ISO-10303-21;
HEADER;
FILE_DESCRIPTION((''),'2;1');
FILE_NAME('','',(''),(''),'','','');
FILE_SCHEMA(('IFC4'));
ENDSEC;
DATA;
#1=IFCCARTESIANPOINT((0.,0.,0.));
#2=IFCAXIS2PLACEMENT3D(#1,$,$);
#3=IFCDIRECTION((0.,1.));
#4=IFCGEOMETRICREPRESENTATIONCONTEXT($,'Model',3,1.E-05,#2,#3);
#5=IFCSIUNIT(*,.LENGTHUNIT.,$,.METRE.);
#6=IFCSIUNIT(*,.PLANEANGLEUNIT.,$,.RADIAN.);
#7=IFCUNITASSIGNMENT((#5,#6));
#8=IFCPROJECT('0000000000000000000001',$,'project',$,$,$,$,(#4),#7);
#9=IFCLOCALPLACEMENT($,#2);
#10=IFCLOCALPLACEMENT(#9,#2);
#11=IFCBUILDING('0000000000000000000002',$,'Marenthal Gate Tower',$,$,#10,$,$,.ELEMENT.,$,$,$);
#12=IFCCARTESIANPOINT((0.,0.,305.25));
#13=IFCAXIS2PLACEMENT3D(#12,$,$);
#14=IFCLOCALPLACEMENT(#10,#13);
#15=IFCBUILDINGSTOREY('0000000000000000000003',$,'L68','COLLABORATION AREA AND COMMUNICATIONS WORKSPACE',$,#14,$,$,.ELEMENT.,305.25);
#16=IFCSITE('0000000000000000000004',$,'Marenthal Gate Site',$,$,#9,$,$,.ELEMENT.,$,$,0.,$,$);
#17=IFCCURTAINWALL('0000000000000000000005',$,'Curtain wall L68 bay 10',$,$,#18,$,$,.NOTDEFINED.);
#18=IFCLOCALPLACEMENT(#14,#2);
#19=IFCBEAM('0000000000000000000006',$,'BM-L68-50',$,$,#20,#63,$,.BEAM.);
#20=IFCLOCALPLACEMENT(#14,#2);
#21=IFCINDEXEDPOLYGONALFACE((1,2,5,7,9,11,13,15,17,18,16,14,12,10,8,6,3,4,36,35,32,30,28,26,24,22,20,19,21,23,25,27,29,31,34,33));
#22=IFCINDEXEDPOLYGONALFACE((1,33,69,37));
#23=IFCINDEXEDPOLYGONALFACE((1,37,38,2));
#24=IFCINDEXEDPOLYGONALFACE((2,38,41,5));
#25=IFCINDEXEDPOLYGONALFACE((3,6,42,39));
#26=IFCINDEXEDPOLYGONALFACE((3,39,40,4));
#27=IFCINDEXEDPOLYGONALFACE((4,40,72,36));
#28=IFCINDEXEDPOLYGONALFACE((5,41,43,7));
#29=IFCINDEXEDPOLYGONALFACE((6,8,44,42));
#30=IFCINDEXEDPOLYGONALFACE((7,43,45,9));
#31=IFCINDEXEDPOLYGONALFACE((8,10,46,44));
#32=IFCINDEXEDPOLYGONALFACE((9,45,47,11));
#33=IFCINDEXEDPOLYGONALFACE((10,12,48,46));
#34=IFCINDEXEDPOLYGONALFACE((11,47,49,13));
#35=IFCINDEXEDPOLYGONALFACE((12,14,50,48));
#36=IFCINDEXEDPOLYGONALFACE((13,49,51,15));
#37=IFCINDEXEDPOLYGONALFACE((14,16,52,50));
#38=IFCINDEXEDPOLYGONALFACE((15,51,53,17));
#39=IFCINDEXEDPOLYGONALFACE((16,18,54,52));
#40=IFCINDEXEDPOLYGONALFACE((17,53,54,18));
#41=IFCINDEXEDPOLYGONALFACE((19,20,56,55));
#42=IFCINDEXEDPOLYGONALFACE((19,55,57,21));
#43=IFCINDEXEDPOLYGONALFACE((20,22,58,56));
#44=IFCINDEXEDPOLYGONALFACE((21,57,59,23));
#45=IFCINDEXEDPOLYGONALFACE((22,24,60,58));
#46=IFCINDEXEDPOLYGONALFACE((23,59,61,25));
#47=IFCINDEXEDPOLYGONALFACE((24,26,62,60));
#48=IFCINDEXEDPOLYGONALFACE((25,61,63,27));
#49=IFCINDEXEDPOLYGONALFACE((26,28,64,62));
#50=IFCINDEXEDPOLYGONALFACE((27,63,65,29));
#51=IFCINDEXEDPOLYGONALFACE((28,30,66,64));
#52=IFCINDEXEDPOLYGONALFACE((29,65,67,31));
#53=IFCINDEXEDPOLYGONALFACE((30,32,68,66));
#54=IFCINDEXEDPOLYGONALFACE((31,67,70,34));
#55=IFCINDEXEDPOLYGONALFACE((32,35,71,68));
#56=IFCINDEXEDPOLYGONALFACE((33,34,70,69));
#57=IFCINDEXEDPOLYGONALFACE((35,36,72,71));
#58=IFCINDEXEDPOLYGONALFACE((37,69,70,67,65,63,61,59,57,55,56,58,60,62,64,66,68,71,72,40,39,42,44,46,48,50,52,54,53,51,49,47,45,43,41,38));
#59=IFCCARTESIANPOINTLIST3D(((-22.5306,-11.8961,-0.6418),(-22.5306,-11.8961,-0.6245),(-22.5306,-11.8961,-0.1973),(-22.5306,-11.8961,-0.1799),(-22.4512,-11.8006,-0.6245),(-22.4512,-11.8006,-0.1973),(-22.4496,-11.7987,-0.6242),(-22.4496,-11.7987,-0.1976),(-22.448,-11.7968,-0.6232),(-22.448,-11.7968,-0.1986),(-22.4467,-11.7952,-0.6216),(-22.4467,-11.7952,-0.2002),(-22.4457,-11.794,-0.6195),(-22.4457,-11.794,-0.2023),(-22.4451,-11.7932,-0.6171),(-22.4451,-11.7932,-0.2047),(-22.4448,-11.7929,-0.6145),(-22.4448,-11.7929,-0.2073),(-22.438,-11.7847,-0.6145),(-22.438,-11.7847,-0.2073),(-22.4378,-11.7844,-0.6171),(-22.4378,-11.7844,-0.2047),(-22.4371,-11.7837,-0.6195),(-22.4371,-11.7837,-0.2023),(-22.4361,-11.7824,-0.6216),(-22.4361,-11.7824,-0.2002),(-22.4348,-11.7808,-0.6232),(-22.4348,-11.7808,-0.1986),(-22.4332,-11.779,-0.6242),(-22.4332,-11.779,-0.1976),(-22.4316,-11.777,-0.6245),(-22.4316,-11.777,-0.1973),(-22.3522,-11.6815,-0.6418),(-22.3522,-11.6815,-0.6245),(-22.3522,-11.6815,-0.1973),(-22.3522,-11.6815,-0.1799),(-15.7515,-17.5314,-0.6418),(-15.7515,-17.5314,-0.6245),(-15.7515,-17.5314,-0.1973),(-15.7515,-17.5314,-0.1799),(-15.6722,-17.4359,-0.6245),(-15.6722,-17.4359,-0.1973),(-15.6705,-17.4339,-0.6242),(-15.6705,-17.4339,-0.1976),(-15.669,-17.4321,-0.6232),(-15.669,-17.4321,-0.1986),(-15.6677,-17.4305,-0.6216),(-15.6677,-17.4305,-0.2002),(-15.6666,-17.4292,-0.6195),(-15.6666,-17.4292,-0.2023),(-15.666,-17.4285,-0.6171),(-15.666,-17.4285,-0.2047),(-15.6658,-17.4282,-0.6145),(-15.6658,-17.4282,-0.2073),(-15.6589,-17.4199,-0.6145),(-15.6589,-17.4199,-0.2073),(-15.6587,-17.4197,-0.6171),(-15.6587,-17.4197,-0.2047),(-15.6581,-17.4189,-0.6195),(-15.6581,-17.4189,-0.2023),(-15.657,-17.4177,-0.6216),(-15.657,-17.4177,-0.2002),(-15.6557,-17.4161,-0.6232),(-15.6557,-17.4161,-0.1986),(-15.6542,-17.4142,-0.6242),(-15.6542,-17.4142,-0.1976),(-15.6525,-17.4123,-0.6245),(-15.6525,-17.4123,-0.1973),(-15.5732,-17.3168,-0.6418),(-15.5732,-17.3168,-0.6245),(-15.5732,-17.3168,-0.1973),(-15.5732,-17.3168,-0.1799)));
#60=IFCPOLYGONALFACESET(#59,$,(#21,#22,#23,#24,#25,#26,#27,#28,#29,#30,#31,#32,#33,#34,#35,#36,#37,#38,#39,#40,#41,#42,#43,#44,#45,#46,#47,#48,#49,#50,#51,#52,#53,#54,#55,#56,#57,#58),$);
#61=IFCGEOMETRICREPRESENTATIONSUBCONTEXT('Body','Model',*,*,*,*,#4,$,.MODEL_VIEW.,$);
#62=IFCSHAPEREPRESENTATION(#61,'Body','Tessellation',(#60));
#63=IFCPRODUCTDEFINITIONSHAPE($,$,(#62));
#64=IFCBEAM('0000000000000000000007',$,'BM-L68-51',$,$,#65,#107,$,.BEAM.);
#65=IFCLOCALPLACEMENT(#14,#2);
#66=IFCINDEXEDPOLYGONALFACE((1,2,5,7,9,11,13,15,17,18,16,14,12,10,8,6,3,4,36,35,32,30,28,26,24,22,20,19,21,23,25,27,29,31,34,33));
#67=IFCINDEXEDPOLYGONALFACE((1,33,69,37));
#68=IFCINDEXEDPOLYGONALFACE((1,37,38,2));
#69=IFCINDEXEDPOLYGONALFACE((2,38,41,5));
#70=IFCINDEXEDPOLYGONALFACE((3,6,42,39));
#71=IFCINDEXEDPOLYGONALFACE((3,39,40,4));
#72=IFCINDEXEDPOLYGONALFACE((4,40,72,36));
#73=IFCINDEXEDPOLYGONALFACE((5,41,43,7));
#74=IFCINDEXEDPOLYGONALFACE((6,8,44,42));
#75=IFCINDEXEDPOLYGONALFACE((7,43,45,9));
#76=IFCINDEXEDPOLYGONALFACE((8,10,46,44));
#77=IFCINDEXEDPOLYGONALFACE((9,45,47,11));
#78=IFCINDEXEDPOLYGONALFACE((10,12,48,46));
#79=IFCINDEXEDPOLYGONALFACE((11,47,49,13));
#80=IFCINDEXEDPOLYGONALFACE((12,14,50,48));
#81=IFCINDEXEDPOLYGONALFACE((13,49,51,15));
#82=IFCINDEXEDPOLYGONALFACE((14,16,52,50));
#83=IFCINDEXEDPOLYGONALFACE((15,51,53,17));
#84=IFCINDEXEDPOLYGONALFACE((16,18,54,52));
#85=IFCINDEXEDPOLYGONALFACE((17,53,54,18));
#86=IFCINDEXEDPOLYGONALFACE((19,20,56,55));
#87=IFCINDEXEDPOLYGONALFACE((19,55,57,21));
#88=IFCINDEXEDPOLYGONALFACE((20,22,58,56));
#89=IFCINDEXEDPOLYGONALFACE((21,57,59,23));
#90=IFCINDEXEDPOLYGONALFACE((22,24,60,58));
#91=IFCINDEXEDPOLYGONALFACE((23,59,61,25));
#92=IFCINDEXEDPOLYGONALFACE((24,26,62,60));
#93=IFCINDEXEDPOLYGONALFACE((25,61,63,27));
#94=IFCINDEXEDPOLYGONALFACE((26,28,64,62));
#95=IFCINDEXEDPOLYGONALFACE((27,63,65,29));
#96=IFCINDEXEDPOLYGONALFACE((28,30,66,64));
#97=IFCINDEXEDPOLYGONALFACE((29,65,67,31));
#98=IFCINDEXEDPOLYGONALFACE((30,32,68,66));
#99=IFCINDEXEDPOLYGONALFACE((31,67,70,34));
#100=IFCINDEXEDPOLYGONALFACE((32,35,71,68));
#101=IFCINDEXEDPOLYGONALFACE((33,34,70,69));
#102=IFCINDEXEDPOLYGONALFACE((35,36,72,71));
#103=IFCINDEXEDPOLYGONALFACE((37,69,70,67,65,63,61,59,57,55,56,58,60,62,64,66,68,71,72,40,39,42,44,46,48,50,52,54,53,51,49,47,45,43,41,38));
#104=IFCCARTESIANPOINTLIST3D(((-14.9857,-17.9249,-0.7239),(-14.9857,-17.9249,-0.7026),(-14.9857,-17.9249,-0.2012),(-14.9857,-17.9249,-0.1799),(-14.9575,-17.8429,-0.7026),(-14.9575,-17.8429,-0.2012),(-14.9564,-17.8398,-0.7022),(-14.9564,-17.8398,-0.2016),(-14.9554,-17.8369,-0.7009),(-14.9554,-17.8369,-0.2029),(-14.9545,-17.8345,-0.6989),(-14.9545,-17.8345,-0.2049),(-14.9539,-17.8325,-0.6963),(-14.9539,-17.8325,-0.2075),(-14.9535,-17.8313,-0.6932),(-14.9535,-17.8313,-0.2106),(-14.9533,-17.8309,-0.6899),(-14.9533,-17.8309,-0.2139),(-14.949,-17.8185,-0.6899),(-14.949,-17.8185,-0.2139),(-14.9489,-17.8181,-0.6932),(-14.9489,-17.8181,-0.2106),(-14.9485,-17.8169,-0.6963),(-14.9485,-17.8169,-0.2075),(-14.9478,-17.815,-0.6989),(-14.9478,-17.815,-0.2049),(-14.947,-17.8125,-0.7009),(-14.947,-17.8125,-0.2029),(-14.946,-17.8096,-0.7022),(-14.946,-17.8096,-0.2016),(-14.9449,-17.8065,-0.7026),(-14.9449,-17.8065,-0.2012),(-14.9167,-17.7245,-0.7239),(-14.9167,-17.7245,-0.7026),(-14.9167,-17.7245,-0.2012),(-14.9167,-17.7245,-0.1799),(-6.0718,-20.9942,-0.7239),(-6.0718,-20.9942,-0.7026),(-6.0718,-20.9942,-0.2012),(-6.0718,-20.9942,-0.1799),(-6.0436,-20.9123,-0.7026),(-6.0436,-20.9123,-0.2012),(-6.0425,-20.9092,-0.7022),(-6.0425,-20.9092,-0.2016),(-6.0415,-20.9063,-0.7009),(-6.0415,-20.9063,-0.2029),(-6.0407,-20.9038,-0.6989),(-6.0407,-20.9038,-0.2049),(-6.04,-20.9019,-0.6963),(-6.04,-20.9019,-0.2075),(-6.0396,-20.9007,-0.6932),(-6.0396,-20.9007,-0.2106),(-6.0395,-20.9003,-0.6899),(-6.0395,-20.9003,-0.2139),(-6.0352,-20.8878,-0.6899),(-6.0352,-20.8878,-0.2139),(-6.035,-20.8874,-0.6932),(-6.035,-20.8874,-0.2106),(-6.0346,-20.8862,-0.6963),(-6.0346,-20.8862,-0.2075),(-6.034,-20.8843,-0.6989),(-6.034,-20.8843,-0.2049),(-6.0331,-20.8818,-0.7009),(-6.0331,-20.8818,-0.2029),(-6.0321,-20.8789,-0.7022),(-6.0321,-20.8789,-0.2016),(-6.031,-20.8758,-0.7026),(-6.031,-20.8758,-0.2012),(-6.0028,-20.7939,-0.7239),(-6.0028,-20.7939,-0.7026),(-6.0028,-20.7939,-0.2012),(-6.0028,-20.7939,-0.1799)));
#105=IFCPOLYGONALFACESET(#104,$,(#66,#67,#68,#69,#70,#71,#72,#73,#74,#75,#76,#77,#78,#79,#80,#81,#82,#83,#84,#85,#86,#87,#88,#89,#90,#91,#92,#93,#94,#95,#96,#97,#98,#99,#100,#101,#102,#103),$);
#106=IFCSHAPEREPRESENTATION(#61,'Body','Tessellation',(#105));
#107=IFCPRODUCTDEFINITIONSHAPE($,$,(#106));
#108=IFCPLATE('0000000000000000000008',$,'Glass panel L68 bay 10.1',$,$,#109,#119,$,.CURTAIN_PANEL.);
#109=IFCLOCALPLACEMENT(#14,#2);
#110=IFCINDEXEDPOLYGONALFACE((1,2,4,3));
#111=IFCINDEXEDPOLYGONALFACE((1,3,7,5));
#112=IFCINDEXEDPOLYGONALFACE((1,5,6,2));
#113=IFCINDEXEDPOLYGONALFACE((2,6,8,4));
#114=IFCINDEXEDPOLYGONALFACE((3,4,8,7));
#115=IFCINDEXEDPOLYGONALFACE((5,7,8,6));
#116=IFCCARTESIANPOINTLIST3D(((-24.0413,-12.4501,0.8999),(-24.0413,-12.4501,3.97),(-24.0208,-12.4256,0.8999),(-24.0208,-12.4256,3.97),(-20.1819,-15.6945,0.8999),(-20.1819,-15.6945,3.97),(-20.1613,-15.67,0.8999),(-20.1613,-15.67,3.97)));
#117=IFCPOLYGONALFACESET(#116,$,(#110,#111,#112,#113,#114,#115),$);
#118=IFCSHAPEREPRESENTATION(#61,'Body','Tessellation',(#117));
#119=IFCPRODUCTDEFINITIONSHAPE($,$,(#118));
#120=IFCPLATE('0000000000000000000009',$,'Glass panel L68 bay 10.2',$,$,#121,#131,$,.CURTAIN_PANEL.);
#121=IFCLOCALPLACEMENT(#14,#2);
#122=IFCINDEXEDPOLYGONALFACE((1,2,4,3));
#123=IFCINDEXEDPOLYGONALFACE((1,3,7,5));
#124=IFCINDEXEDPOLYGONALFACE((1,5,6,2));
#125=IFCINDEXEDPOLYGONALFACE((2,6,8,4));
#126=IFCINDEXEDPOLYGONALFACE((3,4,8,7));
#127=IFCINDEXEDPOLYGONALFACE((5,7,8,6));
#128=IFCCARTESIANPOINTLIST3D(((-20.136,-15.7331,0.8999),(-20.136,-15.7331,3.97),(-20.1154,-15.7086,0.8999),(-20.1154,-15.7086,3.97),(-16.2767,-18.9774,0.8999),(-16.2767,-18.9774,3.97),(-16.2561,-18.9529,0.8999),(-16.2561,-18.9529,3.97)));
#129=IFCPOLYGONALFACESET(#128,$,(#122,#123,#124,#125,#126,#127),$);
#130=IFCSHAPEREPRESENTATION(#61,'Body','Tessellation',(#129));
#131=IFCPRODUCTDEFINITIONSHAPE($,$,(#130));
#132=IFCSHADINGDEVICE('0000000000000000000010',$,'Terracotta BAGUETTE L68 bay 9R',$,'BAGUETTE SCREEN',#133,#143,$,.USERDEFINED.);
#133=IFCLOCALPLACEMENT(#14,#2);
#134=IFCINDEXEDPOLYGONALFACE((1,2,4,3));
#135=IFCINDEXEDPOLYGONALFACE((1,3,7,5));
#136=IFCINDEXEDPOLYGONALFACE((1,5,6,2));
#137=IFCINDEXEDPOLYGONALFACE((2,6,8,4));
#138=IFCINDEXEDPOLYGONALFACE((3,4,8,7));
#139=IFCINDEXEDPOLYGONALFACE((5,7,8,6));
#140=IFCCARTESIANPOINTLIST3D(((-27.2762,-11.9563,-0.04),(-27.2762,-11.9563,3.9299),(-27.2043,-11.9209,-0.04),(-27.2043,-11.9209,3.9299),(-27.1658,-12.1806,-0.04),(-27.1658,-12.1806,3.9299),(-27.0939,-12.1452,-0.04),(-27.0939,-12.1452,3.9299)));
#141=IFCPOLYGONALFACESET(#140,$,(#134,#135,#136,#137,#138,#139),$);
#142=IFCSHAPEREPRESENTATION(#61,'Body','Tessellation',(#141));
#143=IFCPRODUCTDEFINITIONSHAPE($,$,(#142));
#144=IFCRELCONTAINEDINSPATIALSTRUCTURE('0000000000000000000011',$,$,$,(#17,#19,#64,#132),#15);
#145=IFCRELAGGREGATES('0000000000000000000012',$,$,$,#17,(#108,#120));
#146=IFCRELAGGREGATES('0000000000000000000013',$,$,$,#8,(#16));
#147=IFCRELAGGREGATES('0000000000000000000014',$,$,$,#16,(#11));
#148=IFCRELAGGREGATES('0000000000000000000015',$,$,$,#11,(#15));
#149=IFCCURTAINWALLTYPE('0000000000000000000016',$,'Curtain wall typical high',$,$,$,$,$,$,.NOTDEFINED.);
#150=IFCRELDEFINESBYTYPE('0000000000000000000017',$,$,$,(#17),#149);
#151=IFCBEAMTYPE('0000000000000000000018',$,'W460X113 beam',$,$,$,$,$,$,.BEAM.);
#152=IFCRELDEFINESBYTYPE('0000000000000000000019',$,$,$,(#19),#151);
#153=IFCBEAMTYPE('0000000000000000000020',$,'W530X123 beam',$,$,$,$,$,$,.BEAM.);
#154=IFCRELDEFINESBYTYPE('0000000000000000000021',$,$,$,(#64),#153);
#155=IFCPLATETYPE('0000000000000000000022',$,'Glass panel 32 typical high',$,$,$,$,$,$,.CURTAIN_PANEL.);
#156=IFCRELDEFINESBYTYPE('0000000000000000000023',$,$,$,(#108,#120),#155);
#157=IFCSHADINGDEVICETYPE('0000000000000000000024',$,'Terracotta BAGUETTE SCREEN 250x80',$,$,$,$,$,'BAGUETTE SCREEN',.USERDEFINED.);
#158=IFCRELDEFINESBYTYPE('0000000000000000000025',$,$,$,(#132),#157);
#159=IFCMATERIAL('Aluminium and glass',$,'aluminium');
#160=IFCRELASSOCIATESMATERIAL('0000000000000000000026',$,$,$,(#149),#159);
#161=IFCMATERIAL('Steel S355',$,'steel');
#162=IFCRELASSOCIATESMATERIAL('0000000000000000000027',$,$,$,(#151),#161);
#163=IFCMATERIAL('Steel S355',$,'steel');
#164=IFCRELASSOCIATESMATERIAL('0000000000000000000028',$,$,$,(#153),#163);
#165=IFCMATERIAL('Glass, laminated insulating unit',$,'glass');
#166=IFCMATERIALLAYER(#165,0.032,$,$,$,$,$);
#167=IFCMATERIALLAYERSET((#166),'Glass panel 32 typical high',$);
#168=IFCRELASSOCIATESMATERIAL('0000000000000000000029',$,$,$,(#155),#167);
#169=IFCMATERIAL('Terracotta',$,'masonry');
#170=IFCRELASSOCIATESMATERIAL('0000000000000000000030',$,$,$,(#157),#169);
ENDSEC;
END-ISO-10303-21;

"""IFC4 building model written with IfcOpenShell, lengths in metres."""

from ifc_helpers import new_model, si_unit, direction, frame, origin, origin_2d, place, context, subcontext, project, spatial, rectangle, i_section, extrude, material, layer, layer_set, material_profile, profile_set, type_object, element, aggregate, save


model = new_model("IFC4")

# Units and contexts
model_context = context("Model", 3, precision=1e-05, world=origin(), true_north=direction((0.0, 1.0)))
body_context = subcontext(model_context, "Body", "Model", "MODEL_VIEW")
ifc_project = project(units=[si_unit("LENGTHUNIT", "METRE"), si_unit("PLANEANGLEUNIT", "RADIAN")], contexts=[model_context])

# Site, building, storey
site_placement = place(None, origin())
site = spatial("IfcSite", under=ifc_project, at=site_placement, Name="Marenthal Gate Site", CompositionType="ELEMENT", RefElevation=0.0)
building_placement = place(site_placement, origin())
building = spatial("IfcBuilding", under=site, at=building_placement, Name="Marenthal Gate Tower", CompositionType="ELEMENT")
storey_placement = place(building_placement, frame((0.0, 0.0, 305.25)))
storey = spatial("IfcBuildingStorey", under=building, at=storey_placement, Name="L68", Description="COLLABORATION AREA AND COMMUNICATIONS WORKSPACE", CompositionType="ELEMENT", Elevation=305.25)

# Curtain wall
ifc_material_1 = material(Name="Aluminium and glass", Category="aluminium")
curtain_wall_type = type_object("IfcCurtainWallType", Name="Curtain wall typical high", PredefinedType="NOTDEFINED", material=ifc_material_1)
curtain_wall_placement = place(storey_placement, origin())
curtain_wall = element("IfcCurtainWall", 1, at=curtain_wall_placement, inside=storey, type_object=curtain_wall_type, Name="Curtain wall L68 bay 10", PredefinedType="NOTDEFINED")

# Beams
ifc_material_2 = material(Name="Steel S355", Category="steel")
ifc_material_profile_1 = material_profile(ifc_material_2, i_section(OverallWidth=0.2791, OverallDepth=0.4619, WebThickness=0.0107, FlangeThickness=0.0173, FilletRadius=0.01, at=origin_2d()), Name="W460X113")
ifc_profile_set_1 = profile_set([ifc_material_profile_1], Name="Steel S355")
beam_type_1 = type_object("IfcBeamType", Name="W460X113 beam", PredefinedType="BEAM", material=ifc_profile_set_1)
beam_1_placement = place(storey_placement, frame((-22.4414, -11.7888, -0.4109), z_axis=(0.768999, -0.63925, 0.0), x_axis=(0.63925, 0.768999, 0.0)))
element("IfcBeam", 2, at=beam_1_placement, inside=storey, type_object=beam_type_1, Name="BM-L68-50", PredefinedType="BEAM", context=body_context, shape_type="SweptSolid", body=[
    extrude(i_section(OverallWidth=0.2791, OverallDepth=0.4619, WebThickness=0.0107, FlangeThickness=0.0173, FilletRadius=0.01, at=origin_2d()), origin(), (0.0, 0.0, 1.0), 8.8154),
])
ifc_material_3 = material(Name="Steel S355", Category="steel")
ifc_material_profile_2 = material_profile(ifc_material_3, i_section(OverallWidth=0.2119, OverallDepth=0.5439, WebThickness=0.0132, FlangeThickness=0.0212, FilletRadius=0.0127, at=origin_2d()), Name="W530X123")
ifc_profile_set_2 = profile_set([ifc_material_profile_2], Name="Steel S355")
beam_type_2 = type_object("IfcBeamType", Name="W530X123 beam", PredefinedType="BEAM", material=ifc_profile_set_2)
beam_2_placement = place(storey_placement, frame((-14.9512, -17.8247, -0.4519), z_axis=(0.945517, -0.325574, 0.0), x_axis=(0.325574, 0.945517, 0.0)))
element("IfcBeam", 3, at=beam_2_placement, inside=storey, type_object=beam_type_2, Name="BM-L68-51", PredefinedType="BEAM", context=body_context, shape_type="SweptSolid", body=[
    extrude(i_section(OverallWidth=0.2119, OverallDepth=0.5439, WebThickness=0.0132, FlangeThickness=0.0212, FilletRadius=0.0127, at=origin_2d()), origin(), (0.0, 0.0, 1.0), 9.4275),
])

# Plates
ifc_material_4 = material(Name="Glass, laminated insulating unit", Category="glass")
ifc_layer_1 = layer(ifc_material_4, 0.032)
ifc_layer_set_1 = layer_set([ifc_layer_1], Name="Glass panel 32 typical high")
plate_type = type_object("IfcPlateType", Name="Glass panel 32 typical high", PredefinedType="CURTAIN_PANEL", material=ifc_layer_set_1)
plate_1_placement = place(storey_placement, frame((-22.1013, -14.0601, 0.8999), z_axis=(0.0, 0.0, 1.0), x_axis=(0.765463, -0.64348, 0.0)))
plate_1 = element("IfcPlate", 4, at=plate_1_placement, type_object=plate_type, Name="Glass panel L68 bay 10.1", PredefinedType="CURTAIN_PANEL", context=body_context, shape_type="SweptSolid", body=[
    extrude(rectangle(XDim=5.042, YDim=0.032, at=origin_2d()), origin(), (0.0, 0.0, 1.0), 3.0701),
])
plate_2_placement = place(storey_placement, frame((-18.196, -17.343, 0.8999), z_axis=(0.0, 0.0, 1.0), x_axis=(0.765463, -0.64348, 0.0)))
plate_2 = element("IfcPlate", 5, at=plate_2_placement, type_object=plate_type, Name="Glass panel L68 bay 10.2", PredefinedType="CURTAIN_PANEL", context=body_context, shape_type="SweptSolid", body=[
    extrude(rectangle(XDim=5.0417, YDim=0.032, at=origin_2d()), origin(), (0.0, 0.0, 1.0), 3.0701),
])
aggregate(curtain_wall, [plate_1, plate_2])

# Shading device
ifc_material_5 = material(Name="Terracotta", Category="masonry")
ifc_material_profile_3 = material_profile(ifc_material_5, rectangle(XDim=0.25, YDim=0.0801, at=origin_2d()), Name="Terracotta baguette 250x80")
ifc_profile_set_3 = profile_set([ifc_material_profile_3], Name="Terracotta")
shading_device_type = type_object("IfcShadingDeviceType", Name="Terracotta BAGUETTE SCREEN 250x80", ElementType="BAGUETTE SCREEN", PredefinedType="USERDEFINED", material=ifc_profile_set_3)
shading_device_placement = place(storey_placement, frame((-27.1851, -12.0508, -0.04), z_axis=(0.0, 0.0, 1.0), x_axis=(0.441624, -0.8972, 0.0)))
element("IfcShadingDevice", 6, at=shading_device_placement, inside=storey, type_object=shading_device_type, Name="Terracotta BAGUETTE L68 bay 9R", ObjectType="BAGUETTE SCREEN", PredefinedType="USERDEFINED", context=body_context, shape_type="SweptSolid", body=[
    extrude(rectangle(XDim=0.25, YDim=0.0801, at=origin_2d()), origin(), (0.0, 0.0, 1.0), 3.97),
])

save(model, "model.ifc")
